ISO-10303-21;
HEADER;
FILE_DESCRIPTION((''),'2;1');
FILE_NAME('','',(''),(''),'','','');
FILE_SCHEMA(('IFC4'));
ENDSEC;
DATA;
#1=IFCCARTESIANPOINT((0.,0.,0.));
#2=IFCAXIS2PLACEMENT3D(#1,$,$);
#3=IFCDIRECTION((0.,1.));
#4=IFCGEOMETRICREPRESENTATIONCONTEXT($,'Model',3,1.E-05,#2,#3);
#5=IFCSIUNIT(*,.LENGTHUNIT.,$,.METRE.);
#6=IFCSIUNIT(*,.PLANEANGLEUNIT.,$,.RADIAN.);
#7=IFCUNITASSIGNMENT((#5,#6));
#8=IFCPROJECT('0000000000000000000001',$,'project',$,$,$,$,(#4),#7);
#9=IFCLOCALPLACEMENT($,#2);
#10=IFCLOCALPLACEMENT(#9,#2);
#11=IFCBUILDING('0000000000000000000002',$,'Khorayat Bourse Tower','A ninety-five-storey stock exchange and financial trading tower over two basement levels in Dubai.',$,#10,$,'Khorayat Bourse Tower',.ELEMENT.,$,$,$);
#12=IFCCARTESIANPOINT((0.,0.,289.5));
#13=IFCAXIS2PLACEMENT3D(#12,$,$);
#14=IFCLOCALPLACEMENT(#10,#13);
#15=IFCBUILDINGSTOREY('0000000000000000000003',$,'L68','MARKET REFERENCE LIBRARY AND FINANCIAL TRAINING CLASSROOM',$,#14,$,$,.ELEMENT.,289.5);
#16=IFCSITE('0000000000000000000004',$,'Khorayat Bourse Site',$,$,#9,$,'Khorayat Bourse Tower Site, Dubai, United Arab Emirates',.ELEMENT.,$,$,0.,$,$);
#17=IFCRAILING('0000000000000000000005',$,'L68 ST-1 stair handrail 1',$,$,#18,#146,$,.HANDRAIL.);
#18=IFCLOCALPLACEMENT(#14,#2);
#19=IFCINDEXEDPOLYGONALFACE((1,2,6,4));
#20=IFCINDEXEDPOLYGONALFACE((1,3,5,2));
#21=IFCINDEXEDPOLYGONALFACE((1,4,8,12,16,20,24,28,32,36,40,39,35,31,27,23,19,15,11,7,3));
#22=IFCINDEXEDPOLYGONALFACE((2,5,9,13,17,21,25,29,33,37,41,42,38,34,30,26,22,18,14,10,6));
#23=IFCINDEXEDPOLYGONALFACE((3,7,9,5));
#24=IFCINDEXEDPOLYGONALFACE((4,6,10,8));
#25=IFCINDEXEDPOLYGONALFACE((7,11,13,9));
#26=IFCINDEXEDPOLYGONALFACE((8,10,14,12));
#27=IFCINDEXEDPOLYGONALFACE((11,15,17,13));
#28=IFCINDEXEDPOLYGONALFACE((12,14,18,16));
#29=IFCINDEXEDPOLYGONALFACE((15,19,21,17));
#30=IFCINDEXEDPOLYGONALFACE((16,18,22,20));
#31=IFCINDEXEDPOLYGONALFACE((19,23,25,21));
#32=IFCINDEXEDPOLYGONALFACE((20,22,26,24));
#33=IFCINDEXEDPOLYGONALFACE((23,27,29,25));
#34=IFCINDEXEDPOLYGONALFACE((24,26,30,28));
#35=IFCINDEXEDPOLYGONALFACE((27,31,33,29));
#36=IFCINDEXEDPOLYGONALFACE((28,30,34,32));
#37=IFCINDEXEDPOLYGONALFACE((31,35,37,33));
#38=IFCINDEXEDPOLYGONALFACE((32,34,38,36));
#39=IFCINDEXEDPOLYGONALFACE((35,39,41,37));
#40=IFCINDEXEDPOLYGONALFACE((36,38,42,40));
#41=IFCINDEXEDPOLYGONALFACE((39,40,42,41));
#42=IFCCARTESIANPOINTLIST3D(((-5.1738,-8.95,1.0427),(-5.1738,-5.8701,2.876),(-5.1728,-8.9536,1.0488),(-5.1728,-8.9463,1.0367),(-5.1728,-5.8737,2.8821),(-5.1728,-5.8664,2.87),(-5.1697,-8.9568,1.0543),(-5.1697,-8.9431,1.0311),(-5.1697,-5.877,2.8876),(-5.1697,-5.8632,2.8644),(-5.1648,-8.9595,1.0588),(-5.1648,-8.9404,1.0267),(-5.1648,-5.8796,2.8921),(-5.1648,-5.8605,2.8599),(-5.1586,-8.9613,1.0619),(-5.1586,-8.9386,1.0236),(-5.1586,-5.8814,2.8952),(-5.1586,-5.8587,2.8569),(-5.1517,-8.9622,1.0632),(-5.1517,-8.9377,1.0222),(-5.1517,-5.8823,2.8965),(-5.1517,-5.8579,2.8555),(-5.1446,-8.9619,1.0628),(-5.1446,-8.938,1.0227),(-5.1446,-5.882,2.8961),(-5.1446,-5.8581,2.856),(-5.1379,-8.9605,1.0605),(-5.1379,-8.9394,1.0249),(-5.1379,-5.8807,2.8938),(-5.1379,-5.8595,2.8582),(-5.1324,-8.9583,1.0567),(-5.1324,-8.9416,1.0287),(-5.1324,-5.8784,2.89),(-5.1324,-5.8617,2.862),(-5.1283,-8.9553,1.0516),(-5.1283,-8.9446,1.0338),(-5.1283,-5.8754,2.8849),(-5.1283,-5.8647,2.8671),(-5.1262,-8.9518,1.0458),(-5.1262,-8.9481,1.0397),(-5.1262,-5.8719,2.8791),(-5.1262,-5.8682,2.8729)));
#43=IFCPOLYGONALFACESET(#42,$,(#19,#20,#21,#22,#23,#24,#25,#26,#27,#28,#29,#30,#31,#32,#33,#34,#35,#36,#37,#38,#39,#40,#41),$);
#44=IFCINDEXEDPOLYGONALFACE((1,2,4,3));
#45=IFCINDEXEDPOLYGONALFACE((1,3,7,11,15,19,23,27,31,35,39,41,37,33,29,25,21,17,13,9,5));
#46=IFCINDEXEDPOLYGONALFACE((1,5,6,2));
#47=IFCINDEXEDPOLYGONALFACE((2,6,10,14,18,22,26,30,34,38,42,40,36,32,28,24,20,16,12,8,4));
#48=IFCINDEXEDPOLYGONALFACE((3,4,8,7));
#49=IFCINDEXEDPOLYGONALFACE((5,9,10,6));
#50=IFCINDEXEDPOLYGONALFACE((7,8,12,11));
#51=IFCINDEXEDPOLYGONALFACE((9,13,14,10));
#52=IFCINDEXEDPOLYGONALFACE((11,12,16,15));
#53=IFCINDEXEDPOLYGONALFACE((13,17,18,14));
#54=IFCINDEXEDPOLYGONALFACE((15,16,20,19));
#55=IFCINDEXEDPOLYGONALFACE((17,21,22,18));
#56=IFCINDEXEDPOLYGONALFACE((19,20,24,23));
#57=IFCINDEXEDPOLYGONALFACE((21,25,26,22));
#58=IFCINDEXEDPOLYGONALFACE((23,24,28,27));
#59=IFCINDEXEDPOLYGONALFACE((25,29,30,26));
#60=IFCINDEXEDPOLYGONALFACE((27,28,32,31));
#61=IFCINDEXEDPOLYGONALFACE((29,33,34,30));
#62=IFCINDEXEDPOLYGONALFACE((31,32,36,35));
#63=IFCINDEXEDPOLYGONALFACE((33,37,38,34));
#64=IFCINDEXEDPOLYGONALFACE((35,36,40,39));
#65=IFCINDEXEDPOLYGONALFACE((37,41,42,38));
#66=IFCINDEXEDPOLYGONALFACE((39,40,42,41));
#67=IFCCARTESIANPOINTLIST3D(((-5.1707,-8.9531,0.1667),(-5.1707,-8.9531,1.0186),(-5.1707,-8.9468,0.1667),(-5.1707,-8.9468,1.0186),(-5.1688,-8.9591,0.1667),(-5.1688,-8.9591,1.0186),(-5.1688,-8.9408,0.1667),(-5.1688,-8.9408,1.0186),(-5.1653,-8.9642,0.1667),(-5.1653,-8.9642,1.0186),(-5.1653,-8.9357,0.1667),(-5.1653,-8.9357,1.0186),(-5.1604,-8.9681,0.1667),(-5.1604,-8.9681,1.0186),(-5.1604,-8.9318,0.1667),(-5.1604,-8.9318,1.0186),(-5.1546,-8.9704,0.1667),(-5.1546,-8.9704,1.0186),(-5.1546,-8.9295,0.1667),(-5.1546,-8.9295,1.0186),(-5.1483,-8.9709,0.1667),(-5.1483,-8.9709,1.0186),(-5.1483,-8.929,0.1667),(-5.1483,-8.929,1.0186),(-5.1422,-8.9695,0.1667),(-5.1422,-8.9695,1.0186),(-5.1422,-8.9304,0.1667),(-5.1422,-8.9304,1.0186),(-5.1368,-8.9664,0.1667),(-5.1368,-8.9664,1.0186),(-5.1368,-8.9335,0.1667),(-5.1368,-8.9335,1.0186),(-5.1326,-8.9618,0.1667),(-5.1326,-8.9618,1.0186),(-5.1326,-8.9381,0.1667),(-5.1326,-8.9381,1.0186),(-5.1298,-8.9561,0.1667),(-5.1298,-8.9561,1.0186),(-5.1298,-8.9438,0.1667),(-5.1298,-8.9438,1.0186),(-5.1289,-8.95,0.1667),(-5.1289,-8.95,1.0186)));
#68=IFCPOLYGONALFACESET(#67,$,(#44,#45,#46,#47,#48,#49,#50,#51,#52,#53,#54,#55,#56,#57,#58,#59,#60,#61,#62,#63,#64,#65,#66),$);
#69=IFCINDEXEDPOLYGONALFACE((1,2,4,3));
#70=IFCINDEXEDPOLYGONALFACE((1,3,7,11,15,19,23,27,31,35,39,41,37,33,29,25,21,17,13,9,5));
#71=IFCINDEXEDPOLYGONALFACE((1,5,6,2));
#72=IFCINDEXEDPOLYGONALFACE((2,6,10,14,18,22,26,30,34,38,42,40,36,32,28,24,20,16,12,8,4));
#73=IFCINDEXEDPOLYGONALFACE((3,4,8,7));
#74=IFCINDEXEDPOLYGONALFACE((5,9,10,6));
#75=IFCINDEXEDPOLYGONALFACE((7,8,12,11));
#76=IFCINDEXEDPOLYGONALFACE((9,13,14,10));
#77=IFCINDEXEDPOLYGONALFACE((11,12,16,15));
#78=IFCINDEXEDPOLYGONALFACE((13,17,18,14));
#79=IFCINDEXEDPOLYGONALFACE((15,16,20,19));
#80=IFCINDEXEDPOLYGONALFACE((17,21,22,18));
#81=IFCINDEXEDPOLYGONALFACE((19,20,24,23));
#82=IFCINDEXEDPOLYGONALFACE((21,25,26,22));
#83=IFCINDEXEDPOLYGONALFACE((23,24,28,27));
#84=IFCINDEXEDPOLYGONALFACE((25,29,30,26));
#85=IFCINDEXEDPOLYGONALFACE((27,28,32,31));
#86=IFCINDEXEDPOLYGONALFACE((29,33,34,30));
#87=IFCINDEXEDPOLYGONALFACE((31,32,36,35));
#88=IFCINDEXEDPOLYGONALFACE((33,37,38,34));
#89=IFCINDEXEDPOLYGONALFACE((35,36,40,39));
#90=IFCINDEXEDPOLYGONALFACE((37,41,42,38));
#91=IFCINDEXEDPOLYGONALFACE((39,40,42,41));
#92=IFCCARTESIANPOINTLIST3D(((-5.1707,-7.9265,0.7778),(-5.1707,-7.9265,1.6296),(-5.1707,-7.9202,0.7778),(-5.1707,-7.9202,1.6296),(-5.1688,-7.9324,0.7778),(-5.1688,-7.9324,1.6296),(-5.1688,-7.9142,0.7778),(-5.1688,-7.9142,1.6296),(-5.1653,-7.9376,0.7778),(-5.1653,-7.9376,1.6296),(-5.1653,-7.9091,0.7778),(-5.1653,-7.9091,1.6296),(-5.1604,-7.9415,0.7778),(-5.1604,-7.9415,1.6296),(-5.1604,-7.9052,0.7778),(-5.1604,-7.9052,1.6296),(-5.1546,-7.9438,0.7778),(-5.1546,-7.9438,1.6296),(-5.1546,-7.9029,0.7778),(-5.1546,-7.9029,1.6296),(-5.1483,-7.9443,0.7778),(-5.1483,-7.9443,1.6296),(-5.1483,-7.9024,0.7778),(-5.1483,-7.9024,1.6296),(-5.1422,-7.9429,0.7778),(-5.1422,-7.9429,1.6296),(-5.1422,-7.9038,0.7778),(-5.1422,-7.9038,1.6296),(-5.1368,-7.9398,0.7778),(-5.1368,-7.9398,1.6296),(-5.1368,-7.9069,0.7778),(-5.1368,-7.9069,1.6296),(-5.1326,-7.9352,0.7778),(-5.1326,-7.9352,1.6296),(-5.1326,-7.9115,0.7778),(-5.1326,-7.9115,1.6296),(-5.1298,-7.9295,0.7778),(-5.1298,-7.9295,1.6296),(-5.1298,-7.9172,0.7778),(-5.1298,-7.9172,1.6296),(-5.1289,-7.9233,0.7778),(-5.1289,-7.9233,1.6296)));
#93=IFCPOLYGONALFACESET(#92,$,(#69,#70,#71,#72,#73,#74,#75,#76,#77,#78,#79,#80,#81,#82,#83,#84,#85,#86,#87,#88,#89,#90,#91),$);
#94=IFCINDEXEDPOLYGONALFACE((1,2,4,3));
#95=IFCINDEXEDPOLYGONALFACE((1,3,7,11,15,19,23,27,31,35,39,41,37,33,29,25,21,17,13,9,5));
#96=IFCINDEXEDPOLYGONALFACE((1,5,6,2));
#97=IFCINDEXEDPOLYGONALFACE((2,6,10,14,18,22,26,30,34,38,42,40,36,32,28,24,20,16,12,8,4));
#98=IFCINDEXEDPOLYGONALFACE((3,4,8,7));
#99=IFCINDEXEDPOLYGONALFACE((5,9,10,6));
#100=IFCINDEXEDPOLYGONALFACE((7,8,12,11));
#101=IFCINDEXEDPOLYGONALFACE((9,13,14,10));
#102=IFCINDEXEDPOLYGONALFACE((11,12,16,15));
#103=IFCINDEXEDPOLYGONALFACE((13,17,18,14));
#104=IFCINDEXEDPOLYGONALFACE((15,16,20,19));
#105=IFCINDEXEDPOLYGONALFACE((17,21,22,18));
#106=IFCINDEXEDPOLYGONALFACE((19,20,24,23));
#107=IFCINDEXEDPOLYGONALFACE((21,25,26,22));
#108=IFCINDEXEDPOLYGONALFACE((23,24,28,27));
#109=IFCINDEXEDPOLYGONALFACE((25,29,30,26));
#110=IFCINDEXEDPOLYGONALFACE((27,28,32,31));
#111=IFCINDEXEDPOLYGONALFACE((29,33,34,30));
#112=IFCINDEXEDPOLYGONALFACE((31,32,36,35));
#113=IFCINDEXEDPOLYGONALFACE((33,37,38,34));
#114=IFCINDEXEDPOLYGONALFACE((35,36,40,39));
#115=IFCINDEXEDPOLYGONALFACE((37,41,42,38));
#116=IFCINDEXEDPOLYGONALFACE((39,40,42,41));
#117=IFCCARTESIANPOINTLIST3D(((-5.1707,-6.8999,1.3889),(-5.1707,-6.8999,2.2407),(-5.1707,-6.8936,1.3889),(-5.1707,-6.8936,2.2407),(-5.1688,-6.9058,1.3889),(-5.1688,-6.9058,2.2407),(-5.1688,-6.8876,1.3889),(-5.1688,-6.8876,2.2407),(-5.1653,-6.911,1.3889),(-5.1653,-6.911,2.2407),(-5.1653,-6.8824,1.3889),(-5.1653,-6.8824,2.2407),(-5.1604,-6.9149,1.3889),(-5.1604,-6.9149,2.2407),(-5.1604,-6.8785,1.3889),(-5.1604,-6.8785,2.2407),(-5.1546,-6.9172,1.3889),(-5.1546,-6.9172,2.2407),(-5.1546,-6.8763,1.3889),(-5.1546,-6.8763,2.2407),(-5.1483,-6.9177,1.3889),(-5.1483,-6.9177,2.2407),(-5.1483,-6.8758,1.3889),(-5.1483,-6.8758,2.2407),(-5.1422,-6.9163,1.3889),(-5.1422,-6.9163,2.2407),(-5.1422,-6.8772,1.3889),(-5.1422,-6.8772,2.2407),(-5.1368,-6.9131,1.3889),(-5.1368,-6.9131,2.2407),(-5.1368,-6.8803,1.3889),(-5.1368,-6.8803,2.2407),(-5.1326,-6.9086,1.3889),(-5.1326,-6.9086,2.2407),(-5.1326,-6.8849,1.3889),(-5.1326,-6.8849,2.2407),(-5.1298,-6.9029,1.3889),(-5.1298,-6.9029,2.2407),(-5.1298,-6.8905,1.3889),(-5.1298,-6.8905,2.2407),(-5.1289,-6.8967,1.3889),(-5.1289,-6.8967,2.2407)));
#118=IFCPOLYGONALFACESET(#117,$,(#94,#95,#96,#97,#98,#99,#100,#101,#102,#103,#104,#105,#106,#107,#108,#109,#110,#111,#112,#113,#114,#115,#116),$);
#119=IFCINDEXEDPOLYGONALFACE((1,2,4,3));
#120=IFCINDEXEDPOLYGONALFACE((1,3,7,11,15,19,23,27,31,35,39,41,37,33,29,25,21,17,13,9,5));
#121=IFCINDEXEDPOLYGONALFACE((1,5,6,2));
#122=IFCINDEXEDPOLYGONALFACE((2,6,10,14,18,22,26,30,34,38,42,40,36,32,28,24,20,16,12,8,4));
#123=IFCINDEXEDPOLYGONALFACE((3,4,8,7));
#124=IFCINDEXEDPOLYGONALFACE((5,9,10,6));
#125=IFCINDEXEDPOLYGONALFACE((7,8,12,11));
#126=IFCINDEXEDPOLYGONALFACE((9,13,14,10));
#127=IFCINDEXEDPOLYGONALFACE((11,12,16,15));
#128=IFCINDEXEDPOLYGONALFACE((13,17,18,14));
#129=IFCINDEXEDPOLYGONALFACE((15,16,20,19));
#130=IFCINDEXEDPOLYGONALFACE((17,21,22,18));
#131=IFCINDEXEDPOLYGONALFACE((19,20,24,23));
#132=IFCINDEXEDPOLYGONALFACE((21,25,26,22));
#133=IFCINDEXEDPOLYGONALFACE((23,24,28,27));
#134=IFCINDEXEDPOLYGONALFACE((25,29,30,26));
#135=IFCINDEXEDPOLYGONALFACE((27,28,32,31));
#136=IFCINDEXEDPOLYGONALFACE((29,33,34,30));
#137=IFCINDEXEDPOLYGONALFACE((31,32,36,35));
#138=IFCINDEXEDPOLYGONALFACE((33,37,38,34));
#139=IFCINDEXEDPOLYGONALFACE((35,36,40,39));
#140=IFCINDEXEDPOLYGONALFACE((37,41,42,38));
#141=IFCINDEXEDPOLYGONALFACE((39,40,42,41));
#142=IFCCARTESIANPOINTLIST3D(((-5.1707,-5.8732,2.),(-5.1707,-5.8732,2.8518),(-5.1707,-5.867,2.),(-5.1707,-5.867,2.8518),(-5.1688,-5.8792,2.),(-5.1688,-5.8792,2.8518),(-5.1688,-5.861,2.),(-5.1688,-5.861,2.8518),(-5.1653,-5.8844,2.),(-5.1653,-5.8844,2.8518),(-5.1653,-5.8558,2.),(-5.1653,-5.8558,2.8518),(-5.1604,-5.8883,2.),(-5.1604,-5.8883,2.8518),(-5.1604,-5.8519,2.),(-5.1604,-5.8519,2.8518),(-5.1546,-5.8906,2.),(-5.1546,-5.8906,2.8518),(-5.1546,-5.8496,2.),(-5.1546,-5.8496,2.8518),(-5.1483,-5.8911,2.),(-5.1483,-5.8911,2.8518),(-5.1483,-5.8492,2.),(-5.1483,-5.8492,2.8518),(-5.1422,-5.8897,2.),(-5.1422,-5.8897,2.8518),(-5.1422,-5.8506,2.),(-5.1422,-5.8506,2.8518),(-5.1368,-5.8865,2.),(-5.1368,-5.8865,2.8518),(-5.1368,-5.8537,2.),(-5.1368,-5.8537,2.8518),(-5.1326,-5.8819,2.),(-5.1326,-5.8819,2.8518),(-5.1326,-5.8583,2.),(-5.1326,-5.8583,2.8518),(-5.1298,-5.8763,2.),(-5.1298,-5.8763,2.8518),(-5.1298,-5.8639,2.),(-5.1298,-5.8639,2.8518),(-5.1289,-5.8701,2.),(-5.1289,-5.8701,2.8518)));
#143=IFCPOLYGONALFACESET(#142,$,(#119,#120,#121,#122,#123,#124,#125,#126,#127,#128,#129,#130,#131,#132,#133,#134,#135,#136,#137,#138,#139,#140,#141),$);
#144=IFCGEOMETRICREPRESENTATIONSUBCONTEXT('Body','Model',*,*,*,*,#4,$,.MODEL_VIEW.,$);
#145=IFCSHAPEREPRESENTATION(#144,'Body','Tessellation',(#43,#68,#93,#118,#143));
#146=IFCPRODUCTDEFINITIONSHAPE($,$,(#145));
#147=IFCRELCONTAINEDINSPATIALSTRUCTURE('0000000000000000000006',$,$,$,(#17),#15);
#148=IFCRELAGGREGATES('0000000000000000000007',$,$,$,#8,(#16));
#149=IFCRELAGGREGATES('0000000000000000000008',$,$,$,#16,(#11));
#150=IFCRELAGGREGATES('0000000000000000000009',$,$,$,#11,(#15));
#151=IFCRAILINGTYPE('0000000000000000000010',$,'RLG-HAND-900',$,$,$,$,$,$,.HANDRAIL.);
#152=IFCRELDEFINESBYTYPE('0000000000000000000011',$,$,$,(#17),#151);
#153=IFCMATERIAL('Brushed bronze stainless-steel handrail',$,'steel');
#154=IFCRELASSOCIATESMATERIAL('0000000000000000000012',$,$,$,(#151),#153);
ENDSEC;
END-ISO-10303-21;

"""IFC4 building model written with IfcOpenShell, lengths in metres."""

from ifc_helpers import new_model, si_unit, direction, frame, origin, origin_2d, place, context, subcontext, project, spatial, circle, extrude, source, transform, mapped, material, type_object, element, save


model = new_model("IFC4")

# Units and contexts
model_context = context("Model", 3, precision=1e-05, world=origin(), true_north=direction((0.0, 1.0)))
body_context = subcontext(model_context, "Body", "Model", "MODEL_VIEW")
ifc_project = project(units=[si_unit("LENGTHUNIT", "METRE"), si_unit("PLANEANGLEUNIT", "RADIAN")], contexts=[model_context])

# Site, building, storey
site_placement = place(None, origin())
site = spatial("IfcSite", under=ifc_project, at=site_placement, Name="Khorayat Bourse Site", LongName="Khorayat Bourse Tower Site, Dubai, United Arab Emirates", CompositionType="ELEMENT", RefElevation=0.0)
building_placement = place(site_placement, origin())
building = spatial("IfcBuilding", under=site, at=building_placement, Name="Khorayat Bourse Tower", Description="A ninety-five-storey stock exchange and financial trading tower over two basement levels in Dubai.", LongName="Khorayat Bourse Tower", CompositionType="ELEMENT")
storey_placement = place(building_placement, frame((0.0, 0.0, 289.5)))
storey = spatial("IfcBuildingStorey", under=building, at=storey_placement, Name="L68", Description="MARKET REFERENCE LIBRARY AND FINANCIAL TRAINING CLASSROOM", CompositionType="ELEMENT", Elevation=289.5)

# Railing
ifc_material_1 = material(Name="Brushed bronze stainless-steel handrail", Category="steel")
railing_type_1 = type_object("IfcRailingType", Name="RLG-HAND-900", PredefinedType="HANDRAIL", material=ifc_material_1)
shared_shape_1 = source(origin(), body_context, "Body", "SweptSolid", [
    extrude(circle(Radius=0.0239, at=origin_2d()), frame((0.0, 0.0, 0.876), z_axis=(0.0, 0.859291, 0.511487), x_axis=(-1.0, 0.0, 0.0)), (0.0, 0.0, 1.0), 3.5842),
    extrude(circle(Radius=0.021, at=origin_2d()), origin(), (0.0, 0.0, 1.0), 0.8518),
    extrude(circle(Radius=0.021, at=origin_2d()), frame((0.0, 1.0266, 0.6111)), (0.0, 0.0, 1.0), 0.8518),
    extrude(circle(Radius=0.021, at=origin_2d()), frame((0.0, 2.0532, 1.2222)), (0.0, 0.0, 1.0), 0.8518),
    extrude(circle(Radius=0.021, at=origin_2d()), frame((0.0, 3.0798, 1.8333)), (0.0, 0.0, 1.0), 0.8518),
])
railing_1_placement = place(storey_placement, frame((-5.1499, -8.95, 0.1667)))
element("IfcRailing", 1, at=railing_1_placement, inside=storey, type_object=railing_type_1, Name="L68 ST-1 stair handrail 1", PredefinedType="HANDRAIL", context=body_context, shape_type="MappedRepresentation", body=[
    mapped(shared_shape_1, transform((0.0, 0.0, 0.0), scale=1.0)),
])

save(model, "model.ifc")
